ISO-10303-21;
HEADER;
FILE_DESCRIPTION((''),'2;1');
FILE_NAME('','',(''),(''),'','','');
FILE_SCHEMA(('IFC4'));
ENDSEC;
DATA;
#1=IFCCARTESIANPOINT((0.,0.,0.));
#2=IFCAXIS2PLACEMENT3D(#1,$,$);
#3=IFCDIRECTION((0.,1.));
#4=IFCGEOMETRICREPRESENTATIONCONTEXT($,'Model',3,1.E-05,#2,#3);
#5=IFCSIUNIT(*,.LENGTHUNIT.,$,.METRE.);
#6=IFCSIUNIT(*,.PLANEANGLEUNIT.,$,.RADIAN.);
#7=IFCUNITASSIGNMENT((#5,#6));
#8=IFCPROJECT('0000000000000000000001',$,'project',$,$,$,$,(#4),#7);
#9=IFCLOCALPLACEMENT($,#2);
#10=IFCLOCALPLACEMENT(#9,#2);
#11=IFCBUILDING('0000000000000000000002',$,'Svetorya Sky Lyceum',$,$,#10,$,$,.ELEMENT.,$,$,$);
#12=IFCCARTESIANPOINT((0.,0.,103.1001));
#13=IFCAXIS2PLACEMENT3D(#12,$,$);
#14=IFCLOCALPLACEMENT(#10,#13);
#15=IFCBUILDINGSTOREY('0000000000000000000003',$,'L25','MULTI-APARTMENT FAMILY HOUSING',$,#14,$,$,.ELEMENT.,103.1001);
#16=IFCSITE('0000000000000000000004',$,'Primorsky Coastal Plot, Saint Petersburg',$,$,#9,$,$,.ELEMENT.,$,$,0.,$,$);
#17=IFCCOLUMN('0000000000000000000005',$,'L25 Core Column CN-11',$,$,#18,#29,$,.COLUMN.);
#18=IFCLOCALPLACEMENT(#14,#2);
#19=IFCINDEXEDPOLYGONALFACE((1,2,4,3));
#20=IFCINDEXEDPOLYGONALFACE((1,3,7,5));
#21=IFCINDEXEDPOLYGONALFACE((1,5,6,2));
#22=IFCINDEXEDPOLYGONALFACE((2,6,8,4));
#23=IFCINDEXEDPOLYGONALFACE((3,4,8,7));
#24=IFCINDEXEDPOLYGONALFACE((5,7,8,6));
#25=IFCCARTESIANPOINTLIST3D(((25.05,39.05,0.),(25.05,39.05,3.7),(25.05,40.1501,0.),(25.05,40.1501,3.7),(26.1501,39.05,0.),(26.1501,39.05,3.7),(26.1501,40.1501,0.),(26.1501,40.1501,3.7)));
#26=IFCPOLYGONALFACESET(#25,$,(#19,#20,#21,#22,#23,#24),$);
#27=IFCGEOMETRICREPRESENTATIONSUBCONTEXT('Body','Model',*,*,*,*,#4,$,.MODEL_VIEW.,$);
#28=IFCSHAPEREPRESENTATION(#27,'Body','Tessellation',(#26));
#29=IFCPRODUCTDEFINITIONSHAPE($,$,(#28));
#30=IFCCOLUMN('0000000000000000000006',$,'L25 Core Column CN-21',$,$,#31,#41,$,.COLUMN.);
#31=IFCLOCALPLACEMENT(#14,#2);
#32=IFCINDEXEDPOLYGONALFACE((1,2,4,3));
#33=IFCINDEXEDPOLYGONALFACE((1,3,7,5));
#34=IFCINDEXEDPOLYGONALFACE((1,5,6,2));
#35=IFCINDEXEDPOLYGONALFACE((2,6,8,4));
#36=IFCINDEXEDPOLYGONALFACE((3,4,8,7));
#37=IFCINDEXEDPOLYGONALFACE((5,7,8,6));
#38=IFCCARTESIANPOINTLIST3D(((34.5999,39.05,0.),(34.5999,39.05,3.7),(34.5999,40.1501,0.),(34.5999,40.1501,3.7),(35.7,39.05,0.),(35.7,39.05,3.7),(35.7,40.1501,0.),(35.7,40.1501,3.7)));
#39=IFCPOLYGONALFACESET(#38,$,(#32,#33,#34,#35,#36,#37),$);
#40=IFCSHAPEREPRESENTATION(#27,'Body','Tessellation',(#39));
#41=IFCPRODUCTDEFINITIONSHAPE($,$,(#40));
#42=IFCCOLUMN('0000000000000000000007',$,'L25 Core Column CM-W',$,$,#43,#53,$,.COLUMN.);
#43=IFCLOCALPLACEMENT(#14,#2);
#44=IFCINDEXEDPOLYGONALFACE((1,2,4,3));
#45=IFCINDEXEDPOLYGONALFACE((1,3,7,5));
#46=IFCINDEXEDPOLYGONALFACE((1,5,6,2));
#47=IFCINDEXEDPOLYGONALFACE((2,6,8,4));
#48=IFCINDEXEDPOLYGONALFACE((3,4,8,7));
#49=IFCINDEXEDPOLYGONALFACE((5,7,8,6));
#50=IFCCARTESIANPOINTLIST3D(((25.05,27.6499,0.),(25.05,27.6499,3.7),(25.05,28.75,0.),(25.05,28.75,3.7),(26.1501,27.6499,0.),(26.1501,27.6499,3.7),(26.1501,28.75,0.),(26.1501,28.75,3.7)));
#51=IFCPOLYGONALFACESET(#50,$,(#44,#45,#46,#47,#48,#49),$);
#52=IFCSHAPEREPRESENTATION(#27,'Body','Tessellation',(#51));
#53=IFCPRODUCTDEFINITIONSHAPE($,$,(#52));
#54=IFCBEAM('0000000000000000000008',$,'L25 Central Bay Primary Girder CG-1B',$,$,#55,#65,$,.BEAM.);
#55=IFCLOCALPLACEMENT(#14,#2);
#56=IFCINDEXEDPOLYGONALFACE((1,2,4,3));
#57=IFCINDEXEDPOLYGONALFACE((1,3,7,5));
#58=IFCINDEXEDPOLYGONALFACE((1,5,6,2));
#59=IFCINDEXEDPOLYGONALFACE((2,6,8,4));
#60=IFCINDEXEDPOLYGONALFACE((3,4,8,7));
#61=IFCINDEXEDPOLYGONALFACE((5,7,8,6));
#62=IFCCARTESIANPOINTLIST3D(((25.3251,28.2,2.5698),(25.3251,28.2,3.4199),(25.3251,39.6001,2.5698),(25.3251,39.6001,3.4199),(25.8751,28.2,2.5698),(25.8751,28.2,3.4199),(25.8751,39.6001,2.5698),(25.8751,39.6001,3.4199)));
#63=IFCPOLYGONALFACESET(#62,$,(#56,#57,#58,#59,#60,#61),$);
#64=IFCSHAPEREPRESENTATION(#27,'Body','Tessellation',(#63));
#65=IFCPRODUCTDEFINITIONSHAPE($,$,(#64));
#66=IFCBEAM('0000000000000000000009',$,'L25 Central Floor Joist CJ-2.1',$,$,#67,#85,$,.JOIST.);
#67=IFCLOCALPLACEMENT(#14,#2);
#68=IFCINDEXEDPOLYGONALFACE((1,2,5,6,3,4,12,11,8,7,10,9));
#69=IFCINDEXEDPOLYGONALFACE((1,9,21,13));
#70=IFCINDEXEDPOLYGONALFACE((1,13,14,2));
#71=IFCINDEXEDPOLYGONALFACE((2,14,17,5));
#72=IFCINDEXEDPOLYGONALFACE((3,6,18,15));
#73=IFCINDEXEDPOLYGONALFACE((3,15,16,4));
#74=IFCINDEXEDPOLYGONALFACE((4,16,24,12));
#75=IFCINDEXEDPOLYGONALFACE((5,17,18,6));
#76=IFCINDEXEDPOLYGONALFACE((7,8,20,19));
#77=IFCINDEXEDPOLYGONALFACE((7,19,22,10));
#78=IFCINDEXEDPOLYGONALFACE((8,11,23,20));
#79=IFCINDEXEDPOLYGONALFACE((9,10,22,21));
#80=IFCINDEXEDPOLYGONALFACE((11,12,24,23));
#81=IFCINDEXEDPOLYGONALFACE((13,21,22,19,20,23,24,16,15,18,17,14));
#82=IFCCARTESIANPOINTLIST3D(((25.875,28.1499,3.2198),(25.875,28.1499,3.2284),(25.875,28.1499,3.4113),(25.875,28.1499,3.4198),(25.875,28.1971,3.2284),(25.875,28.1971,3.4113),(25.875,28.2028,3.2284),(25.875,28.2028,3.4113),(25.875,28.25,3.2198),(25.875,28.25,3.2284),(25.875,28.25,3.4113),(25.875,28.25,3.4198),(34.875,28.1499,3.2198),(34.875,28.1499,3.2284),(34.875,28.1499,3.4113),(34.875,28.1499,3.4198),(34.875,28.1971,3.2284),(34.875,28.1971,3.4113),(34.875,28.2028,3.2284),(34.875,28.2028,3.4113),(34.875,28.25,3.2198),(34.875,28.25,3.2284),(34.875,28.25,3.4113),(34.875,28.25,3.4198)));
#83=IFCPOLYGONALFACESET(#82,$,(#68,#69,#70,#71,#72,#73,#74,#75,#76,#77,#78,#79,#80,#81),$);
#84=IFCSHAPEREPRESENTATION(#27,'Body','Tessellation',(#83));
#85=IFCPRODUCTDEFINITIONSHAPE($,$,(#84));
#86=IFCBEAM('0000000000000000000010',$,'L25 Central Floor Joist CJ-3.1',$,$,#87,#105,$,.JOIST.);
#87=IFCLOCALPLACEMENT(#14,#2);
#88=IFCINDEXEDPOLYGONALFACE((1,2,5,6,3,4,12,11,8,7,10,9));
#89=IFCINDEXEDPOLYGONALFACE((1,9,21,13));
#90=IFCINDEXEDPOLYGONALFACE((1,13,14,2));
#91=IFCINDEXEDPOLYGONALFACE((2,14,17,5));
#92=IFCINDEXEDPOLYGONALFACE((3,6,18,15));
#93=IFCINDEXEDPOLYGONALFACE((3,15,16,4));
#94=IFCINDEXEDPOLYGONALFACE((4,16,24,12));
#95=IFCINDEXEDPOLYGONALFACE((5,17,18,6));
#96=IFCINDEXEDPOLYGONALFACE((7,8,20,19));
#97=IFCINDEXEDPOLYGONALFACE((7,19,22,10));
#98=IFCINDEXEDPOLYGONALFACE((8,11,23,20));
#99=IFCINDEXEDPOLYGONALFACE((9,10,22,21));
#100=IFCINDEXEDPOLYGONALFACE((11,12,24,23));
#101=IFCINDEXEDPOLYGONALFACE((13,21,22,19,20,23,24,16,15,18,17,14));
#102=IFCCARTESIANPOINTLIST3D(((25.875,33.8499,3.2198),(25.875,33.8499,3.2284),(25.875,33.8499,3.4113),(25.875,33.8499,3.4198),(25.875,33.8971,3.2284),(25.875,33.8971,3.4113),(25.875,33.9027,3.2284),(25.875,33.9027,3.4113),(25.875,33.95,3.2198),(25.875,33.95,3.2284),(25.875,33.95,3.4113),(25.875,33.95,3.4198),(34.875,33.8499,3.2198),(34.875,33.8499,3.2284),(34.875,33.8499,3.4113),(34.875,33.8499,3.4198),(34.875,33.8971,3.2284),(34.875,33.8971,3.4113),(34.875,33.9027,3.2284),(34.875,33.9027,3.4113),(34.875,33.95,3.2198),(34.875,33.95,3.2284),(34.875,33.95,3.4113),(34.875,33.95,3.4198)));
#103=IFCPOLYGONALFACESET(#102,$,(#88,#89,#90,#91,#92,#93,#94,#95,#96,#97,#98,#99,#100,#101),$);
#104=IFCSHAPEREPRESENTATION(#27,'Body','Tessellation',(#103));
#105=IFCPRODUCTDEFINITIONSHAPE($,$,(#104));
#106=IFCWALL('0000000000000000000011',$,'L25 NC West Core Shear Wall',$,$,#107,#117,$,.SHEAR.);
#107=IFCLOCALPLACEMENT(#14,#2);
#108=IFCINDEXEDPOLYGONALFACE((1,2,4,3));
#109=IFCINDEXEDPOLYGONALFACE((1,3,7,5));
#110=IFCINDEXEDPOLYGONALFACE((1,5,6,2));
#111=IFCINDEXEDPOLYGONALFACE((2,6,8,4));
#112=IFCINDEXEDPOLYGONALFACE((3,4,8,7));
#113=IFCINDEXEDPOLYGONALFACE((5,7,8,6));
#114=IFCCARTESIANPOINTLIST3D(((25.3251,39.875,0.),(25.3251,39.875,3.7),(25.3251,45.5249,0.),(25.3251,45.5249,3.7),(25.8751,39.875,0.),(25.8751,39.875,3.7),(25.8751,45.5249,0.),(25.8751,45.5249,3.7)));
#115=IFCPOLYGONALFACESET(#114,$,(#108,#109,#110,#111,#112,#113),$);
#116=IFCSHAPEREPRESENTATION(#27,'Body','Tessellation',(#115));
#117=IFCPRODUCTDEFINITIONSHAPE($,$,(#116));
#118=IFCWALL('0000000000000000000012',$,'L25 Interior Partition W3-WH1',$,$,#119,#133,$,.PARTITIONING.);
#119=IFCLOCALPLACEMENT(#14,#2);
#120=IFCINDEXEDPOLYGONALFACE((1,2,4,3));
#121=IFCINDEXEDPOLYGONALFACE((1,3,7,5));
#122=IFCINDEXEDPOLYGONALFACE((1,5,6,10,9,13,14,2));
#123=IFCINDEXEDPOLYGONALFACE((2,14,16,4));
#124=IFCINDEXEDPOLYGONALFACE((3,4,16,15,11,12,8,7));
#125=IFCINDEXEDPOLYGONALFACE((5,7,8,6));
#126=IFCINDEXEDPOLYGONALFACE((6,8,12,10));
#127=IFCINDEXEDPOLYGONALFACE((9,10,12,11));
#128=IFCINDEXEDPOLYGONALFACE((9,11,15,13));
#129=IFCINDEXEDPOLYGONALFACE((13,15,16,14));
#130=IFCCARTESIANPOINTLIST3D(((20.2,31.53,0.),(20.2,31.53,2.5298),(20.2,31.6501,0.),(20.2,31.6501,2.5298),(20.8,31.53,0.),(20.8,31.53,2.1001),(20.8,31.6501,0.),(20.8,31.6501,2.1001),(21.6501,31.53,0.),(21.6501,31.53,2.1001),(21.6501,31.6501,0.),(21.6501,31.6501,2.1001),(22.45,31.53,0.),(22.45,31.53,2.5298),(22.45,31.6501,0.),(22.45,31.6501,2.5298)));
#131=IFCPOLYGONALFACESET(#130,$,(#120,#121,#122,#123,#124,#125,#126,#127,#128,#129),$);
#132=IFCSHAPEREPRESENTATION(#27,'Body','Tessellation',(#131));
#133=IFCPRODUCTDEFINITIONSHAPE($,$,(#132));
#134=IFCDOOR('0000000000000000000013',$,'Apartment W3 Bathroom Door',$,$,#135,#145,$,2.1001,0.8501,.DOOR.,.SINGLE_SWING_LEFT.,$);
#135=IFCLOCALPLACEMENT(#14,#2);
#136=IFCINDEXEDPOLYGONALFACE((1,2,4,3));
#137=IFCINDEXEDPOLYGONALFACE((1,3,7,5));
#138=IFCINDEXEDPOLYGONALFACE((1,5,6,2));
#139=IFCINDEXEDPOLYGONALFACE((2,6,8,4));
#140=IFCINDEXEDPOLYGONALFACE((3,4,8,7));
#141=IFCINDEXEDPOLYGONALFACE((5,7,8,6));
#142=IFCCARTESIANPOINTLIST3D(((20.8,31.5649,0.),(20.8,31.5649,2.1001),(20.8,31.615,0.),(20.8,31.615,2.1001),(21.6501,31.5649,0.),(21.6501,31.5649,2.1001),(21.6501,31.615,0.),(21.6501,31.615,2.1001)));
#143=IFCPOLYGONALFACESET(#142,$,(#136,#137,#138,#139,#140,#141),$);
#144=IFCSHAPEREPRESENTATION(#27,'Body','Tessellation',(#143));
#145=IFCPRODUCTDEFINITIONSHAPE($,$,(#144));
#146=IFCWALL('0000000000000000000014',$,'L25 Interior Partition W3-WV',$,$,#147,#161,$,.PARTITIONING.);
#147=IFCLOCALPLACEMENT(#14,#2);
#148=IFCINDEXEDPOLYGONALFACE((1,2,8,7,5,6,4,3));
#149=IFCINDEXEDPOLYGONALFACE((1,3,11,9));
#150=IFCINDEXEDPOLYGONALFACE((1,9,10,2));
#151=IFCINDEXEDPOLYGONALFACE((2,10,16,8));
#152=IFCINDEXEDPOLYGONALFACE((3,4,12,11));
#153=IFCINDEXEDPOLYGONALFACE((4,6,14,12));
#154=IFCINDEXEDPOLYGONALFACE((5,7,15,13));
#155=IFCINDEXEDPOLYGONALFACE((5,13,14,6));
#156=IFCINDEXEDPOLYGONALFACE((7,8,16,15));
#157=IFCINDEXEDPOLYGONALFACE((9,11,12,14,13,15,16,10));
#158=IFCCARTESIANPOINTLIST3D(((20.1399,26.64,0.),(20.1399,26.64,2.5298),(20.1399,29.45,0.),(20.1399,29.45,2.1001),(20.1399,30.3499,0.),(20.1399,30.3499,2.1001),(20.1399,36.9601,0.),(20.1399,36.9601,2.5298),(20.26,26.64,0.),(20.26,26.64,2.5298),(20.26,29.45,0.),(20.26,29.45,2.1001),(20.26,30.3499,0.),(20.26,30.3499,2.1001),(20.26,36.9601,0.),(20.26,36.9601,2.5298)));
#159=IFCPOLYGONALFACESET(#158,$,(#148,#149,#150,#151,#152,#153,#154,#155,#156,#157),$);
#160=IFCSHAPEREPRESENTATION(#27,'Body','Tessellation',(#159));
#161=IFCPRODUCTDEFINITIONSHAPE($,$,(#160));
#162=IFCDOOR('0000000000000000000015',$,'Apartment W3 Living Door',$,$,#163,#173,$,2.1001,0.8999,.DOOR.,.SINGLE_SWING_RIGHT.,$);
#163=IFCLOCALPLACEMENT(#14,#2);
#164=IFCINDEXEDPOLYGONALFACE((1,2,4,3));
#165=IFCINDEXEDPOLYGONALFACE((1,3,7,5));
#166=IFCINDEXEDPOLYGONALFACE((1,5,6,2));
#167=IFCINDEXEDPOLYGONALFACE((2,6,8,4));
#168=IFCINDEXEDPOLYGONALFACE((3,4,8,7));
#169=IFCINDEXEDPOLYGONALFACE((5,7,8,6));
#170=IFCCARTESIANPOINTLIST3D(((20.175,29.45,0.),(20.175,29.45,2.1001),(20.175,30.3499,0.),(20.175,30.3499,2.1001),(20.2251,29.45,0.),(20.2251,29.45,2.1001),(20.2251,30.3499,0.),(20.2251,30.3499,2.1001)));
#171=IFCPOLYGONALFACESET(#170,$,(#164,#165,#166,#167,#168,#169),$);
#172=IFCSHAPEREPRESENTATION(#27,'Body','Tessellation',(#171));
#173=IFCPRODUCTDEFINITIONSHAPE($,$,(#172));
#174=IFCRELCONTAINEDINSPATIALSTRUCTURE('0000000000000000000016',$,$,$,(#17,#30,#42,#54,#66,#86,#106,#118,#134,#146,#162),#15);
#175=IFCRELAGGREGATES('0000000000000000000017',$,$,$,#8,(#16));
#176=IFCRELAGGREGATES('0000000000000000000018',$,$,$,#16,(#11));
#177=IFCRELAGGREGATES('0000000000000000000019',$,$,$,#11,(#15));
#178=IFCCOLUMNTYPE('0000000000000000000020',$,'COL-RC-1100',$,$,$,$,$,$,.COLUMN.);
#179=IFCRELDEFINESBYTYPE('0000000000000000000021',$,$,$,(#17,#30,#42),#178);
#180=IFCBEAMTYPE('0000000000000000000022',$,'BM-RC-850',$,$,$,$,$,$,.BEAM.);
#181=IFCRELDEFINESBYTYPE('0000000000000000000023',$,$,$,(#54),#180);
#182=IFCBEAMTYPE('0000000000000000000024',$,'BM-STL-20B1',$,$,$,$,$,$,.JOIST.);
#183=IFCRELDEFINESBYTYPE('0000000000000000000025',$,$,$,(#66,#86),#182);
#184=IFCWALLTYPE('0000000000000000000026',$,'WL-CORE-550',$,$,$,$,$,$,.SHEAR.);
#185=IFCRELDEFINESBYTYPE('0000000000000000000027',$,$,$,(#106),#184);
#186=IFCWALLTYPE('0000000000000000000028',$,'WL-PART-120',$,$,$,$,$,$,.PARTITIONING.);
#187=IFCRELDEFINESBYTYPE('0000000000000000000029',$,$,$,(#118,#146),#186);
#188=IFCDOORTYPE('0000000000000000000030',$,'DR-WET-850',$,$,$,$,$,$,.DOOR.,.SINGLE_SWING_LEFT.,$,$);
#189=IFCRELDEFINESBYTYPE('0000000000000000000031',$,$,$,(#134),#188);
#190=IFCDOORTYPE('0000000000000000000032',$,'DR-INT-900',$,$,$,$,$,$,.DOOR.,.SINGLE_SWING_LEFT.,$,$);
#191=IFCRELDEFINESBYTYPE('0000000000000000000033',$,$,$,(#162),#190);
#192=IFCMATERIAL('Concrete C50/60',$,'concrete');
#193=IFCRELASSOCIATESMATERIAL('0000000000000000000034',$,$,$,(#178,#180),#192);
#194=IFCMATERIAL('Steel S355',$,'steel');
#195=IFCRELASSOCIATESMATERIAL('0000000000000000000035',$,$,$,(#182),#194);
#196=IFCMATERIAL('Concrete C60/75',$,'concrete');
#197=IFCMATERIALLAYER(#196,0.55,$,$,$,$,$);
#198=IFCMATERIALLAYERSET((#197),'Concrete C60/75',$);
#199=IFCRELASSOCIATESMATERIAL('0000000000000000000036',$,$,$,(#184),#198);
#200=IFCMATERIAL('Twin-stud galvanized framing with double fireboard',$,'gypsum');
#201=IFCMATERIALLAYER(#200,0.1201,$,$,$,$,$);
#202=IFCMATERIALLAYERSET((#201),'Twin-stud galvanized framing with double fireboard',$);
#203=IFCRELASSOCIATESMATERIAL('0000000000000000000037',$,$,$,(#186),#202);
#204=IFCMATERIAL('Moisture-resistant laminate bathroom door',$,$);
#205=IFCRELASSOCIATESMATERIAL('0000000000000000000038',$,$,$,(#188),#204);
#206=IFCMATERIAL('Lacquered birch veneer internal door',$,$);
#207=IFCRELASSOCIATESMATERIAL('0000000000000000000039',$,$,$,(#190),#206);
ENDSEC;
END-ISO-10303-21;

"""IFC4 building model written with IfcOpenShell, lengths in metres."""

from ifc_helpers import new_model, si_unit, direction, frame, frame_2d, origin, origin_2d, place, context, subcontext, project, spatial, rectangle, i_section, extrude, material, layer, layer_set, material_profile, profile_set, type_object, element, fill, save


model = new_model("IFC4")

# Units and contexts
model_context = context("Model", 3, precision=1e-05, world=origin(), true_north=direction((0.0, 1.0)))
body_context = subcontext(model_context, "Body", "Model", "MODEL_VIEW")
ifc_project = project(units=[si_unit("LENGTHUNIT", "METRE"), si_unit("PLANEANGLEUNIT", "RADIAN")], contexts=[model_context])

# Site, building, storey
site_placement = place(None, origin())
site = spatial("IfcSite", under=ifc_project, at=site_placement, Name="Primorsky Coastal Plot, Saint Petersburg", CompositionType="ELEMENT", RefElevation=0.0)
building_placement = place(site_placement, origin())
building = spatial("IfcBuilding", under=site, at=building_placement, Name="Svetorya Sky Lyceum", CompositionType="ELEMENT")
storey_placement = place(building_placement, frame((0.0, 0.0, 103.1001)))
storey = spatial("IfcBuildingStorey", under=building, at=storey_placement, Name="L25", Description="MULTI-APARTMENT FAMILY HOUSING", CompositionType="ELEMENT", Elevation=103.1001)

# Columns
ifc_material_1 = material(Name="Concrete C50/60", Category="concrete")
ifc_material_profile_1 = material_profile(ifc_material_1, rectangle(XDim=1.1001, YDim=1.1001, at=origin_2d()), Name="RC COL 1100x1100")
ifc_profile_set_1 = profile_set([ifc_material_profile_1], Name="Concrete C50/60")
column_type = type_object("IfcColumnType", Name="COL-RC-1100", PredefinedType="COLUMN", material=ifc_profile_set_1)
for number, where, z_axis, x_axis, name in (
    (1, (25.6001, 39.6001, 0.0), (0.0, 0.0, 1.0), (1.0, 0.0, 0.0), "L25 Core Column CN-11"),
    (2, (35.1499, 39.6001, 0.0), (0.0, 0.0, 1.0), (1.0, 0.0, 0.0), "L25 Core Column CN-21"),
    (3, (25.6001, 28.2, 0.0), (0.0, 0.0, 1.0), (1.0, 0.0, 0.0), "L25 Core Column CM-W"),
):
    element("IfcColumn", number, at=place(storey_placement, frame(where, z_axis=z_axis, x_axis=x_axis)), inside=storey, type_object=column_type, Name=name, PredefinedType="COLUMN", context=body_context, shape_type="SweptSolid", body=[
        extrude(rectangle(XDim=1.1001, YDim=1.1001, at=origin_2d()), origin(), (0.0, 0.0, 1.0), 3.7),
    ])

# Beams
ifc_material_profile_2 = material_profile(ifc_material_1, rectangle(XDim=0.55, YDim=0.8501, at=origin_2d()), Name="RC BEAM 550x850")
ifc_profile_set_2 = profile_set([ifc_material_profile_2], Name="Concrete C50/60")
beam_type_1 = type_object("IfcBeamType", Name="BM-RC-850", PredefinedType="BEAM", material=ifc_profile_set_2)
beam_placement = place(storey_placement, frame((25.6001, 28.2, 2.9949), z_axis=(0.0, 1.0, 0.0), x_axis=(-1.0, 0.0, 0.0)))
element("IfcBeam", 4, at=beam_placement, inside=storey, type_object=beam_type_1, Name="L25 Central Bay Primary Girder CG-1B", PredefinedType="BEAM", context=body_context, shape_type="SweptSolid", body=[
    extrude(rectangle(XDim=0.55, YDim=0.8501, at=origin_2d()), origin(), (0.0, 0.0, 1.0), 11.4001),
])
ifc_material_2 = material(Name="Steel S355", Category="steel")
ifc_material_profile_3 = material_profile(ifc_material_2, i_section(OverallWidth=0.1001, OverallDepth=0.2, WebThickness=0.0056, FlangeThickness=0.0085, at=origin_2d()), Name="GOST 20B1")
ifc_profile_set_3 = profile_set([ifc_material_profile_3], Name="Steel S355")
beam_type_2 = type_object("IfcBeamType", Name="BM-STL-20B1", PredefinedType="JOIST", material=ifc_profile_set_3)
for number, where, z_axis, x_axis, name in (
    (5, (25.875, 28.2, 3.3198), (1.0, 0.0, 0.0), (0.0, 1.0, 0.0), "L25 Central Floor Joist CJ-2.1"),
    (6, (25.875, 33.8999, 3.3198), (1.0, 0.0, 0.0), (0.0, 1.0, 0.0), "L25 Central Floor Joist CJ-3.1"),
):
    element("IfcBeam", number, at=place(storey_placement, frame(where, z_axis=z_axis, x_axis=x_axis)), inside=storey, type_object=beam_type_2, Name=name, PredefinedType="JOIST", context=body_context, shape_type="SweptSolid", body=[
        extrude(i_section(OverallWidth=0.1001, OverallDepth=0.2, WebThickness=0.0056, FlangeThickness=0.0085, at=origin_2d()), origin(), (0.0, 0.0, 1.0), 9.0),
    ])

# Wall
ifc_material_3 = material(Name="Concrete C60/75", Category="concrete")
ifc_layer_1 = layer(ifc_material_3, 0.55)
ifc_layer_set_1 = layer_set([ifc_layer_1], Name="Concrete C60/75")
wall_type_1 = type_object("IfcWallType", Name="WL-CORE-550", PredefinedType="SHEAR", material=ifc_layer_set_1)
wall_1_placement = place(storey_placement, frame((25.6001, 39.875, 0.0), z_axis=(0.0, 0.0, 1.0), x_axis=(0.0, 1.0, 0.0)))
element("IfcWall", 7, at=wall_1_placement, inside=storey, type_object=wall_type_1, Name="L25 NC West Core Shear Wall", PredefinedType="SHEAR", context=body_context, shape_type="SweptSolid", body=[
    extrude(rectangle(XDim=5.6499, YDim=0.55, at=frame_2d((2.825, 0.0))), origin(), (0.0, 0.0, 1.0), 3.7),
])

# Walls, openings, doors
ifc_material_4 = material(Name="Twin-stud galvanized framing with double fireboard", Category="gypsum")
ifc_layer_2 = layer(ifc_material_4, 0.1201)
ifc_layer_set_2 = layer_set([ifc_layer_2], Name="Twin-stud galvanized framing with double fireboard")
wall_type_2 = type_object("IfcWallType", Name="WL-PART-120", PredefinedType="PARTITIONING", material=ifc_layer_set_2)
wall_2_placement = place(storey_placement, frame((20.2, 31.5901, 0.0), z_axis=(0.0, 0.0, 1.0), x_axis=(1.0, 0.0, 0.0)))
wall_2 = element("IfcWall", 8, at=wall_2_placement, inside=storey, type_object=wall_type_2, Name="L25 Interior Partition W3-WH1", PredefinedType="PARTITIONING", context=body_context, shape_type="SweptSolid", body=[
    extrude(rectangle(XDim=2.25, YDim=0.1201, at=frame_2d((1.125, 0.0))), origin(), (0.0, 0.0, 1.0), 2.5298),
])
opening_1_placement = place(wall_2_placement, frame((0.6001, 0.0, 0.0)))
opening_1 = element("IfcOpeningElement", 9, at=opening_1_placement, cuts=wall_2, PredefinedType="OPENING", context=body_context, shape_type="SweptSolid", body=[
    extrude(rectangle(XDim=0.8501, YDim=2.1001, at=frame_2d((0.425, 1.05))), frame((0.0, 0.0701, 0.0), z_axis=(0.0, -1.0, 0.0), x_axis=(1.0, 0.0, 0.0)), (0.0, 0.0, 1.0), 0.1401),
])
ifc_material_5 = material(Name="Moisture-resistant laminate bathroom door")
door_type_1 = type_object("IfcDoorType", Name="DR-WET-850", OperationType="SINGLE_SWING_LEFT", PredefinedType="DOOR", material=ifc_material_5)
door_1_placement = place(opening_1_placement, origin())
door_1 = element("IfcDoor", 10, at=door_1_placement, inside=storey, type_object=door_type_1, Name="Apartment W3 Bathroom Door", OperationType="SINGLE_SWING_LEFT", OverallHeight=2.1001, OverallWidth=0.8501, PredefinedType="DOOR", context=body_context, shape_type="SweptSolid", body=[
    extrude(rectangle(XDim=0.8501, YDim=2.1001, at=frame_2d((0.425, 1.05))), frame((0.0, 0.0249, 0.0), z_axis=(0.0, -1.0, 0.0), x_axis=(1.0, 0.0, 0.0)), (0.0, 0.0, 1.0), 0.05),
])
fill(opening_1, door_1)
wall_3_placement = place(storey_placement, frame((20.2, 26.6399, 0.0), z_axis=(0.0, 0.0, 1.0), x_axis=(0.0, 1.0, 0.0)))
wall_3 = element("IfcWall", 11, at=wall_3_placement, inside=storey, type_object=wall_type_2, Name="L25 Interior Partition W3-WV", PredefinedType="PARTITIONING", context=body_context, shape_type="SweptSolid", body=[
    extrude(rectangle(XDim=10.3201, YDim=0.1201, at=frame_2d((5.1602, 0.0))), origin(), (0.0, 0.0, 1.0), 2.5298),
])
opening_2_placement = place(wall_3_placement, frame((2.8101, 0.0, 0.0)))
opening_2 = element("IfcOpeningElement", 12, at=opening_2_placement, cuts=wall_3, PredefinedType="OPENING", context=body_context, shape_type="SweptSolid", body=[
    extrude(rectangle(XDim=0.8999, YDim=2.1001, at=frame_2d((0.45, 1.05))), frame((0.0, 0.0701, 0.0), z_axis=(0.0, -1.0, 0.0), x_axis=(1.0, 0.0, 0.0)), (0.0, 0.0, 1.0), 0.1401),
])
ifc_material_6 = material(Name="Lacquered birch veneer internal door")
door_type_2 = type_object("IfcDoorType", Name="DR-INT-900", OperationType="SINGLE_SWING_LEFT", PredefinedType="DOOR", material=ifc_material_6)
door_2_placement = place(opening_2_placement, origin())
door_2 = element("IfcDoor", 13, at=door_2_placement, inside=storey, type_object=door_type_2, Name="Apartment W3 Living Door", OperationType="SINGLE_SWING_RIGHT", OverallHeight=2.1001, OverallWidth=0.8999, PredefinedType="DOOR", context=body_context, shape_type="SweptSolid", body=[
    extrude(rectangle(XDim=0.8999, YDim=2.1001, at=frame_2d((0.45, 1.05))), frame((0.0, 0.0249, 0.0), z_axis=(0.0, -1.0, 0.0), x_axis=(1.0, 0.0, 0.0)), (0.0, 0.0, 1.0), 0.05),
])
fill(opening_2, door_2)

save(model, "model.ifc")
